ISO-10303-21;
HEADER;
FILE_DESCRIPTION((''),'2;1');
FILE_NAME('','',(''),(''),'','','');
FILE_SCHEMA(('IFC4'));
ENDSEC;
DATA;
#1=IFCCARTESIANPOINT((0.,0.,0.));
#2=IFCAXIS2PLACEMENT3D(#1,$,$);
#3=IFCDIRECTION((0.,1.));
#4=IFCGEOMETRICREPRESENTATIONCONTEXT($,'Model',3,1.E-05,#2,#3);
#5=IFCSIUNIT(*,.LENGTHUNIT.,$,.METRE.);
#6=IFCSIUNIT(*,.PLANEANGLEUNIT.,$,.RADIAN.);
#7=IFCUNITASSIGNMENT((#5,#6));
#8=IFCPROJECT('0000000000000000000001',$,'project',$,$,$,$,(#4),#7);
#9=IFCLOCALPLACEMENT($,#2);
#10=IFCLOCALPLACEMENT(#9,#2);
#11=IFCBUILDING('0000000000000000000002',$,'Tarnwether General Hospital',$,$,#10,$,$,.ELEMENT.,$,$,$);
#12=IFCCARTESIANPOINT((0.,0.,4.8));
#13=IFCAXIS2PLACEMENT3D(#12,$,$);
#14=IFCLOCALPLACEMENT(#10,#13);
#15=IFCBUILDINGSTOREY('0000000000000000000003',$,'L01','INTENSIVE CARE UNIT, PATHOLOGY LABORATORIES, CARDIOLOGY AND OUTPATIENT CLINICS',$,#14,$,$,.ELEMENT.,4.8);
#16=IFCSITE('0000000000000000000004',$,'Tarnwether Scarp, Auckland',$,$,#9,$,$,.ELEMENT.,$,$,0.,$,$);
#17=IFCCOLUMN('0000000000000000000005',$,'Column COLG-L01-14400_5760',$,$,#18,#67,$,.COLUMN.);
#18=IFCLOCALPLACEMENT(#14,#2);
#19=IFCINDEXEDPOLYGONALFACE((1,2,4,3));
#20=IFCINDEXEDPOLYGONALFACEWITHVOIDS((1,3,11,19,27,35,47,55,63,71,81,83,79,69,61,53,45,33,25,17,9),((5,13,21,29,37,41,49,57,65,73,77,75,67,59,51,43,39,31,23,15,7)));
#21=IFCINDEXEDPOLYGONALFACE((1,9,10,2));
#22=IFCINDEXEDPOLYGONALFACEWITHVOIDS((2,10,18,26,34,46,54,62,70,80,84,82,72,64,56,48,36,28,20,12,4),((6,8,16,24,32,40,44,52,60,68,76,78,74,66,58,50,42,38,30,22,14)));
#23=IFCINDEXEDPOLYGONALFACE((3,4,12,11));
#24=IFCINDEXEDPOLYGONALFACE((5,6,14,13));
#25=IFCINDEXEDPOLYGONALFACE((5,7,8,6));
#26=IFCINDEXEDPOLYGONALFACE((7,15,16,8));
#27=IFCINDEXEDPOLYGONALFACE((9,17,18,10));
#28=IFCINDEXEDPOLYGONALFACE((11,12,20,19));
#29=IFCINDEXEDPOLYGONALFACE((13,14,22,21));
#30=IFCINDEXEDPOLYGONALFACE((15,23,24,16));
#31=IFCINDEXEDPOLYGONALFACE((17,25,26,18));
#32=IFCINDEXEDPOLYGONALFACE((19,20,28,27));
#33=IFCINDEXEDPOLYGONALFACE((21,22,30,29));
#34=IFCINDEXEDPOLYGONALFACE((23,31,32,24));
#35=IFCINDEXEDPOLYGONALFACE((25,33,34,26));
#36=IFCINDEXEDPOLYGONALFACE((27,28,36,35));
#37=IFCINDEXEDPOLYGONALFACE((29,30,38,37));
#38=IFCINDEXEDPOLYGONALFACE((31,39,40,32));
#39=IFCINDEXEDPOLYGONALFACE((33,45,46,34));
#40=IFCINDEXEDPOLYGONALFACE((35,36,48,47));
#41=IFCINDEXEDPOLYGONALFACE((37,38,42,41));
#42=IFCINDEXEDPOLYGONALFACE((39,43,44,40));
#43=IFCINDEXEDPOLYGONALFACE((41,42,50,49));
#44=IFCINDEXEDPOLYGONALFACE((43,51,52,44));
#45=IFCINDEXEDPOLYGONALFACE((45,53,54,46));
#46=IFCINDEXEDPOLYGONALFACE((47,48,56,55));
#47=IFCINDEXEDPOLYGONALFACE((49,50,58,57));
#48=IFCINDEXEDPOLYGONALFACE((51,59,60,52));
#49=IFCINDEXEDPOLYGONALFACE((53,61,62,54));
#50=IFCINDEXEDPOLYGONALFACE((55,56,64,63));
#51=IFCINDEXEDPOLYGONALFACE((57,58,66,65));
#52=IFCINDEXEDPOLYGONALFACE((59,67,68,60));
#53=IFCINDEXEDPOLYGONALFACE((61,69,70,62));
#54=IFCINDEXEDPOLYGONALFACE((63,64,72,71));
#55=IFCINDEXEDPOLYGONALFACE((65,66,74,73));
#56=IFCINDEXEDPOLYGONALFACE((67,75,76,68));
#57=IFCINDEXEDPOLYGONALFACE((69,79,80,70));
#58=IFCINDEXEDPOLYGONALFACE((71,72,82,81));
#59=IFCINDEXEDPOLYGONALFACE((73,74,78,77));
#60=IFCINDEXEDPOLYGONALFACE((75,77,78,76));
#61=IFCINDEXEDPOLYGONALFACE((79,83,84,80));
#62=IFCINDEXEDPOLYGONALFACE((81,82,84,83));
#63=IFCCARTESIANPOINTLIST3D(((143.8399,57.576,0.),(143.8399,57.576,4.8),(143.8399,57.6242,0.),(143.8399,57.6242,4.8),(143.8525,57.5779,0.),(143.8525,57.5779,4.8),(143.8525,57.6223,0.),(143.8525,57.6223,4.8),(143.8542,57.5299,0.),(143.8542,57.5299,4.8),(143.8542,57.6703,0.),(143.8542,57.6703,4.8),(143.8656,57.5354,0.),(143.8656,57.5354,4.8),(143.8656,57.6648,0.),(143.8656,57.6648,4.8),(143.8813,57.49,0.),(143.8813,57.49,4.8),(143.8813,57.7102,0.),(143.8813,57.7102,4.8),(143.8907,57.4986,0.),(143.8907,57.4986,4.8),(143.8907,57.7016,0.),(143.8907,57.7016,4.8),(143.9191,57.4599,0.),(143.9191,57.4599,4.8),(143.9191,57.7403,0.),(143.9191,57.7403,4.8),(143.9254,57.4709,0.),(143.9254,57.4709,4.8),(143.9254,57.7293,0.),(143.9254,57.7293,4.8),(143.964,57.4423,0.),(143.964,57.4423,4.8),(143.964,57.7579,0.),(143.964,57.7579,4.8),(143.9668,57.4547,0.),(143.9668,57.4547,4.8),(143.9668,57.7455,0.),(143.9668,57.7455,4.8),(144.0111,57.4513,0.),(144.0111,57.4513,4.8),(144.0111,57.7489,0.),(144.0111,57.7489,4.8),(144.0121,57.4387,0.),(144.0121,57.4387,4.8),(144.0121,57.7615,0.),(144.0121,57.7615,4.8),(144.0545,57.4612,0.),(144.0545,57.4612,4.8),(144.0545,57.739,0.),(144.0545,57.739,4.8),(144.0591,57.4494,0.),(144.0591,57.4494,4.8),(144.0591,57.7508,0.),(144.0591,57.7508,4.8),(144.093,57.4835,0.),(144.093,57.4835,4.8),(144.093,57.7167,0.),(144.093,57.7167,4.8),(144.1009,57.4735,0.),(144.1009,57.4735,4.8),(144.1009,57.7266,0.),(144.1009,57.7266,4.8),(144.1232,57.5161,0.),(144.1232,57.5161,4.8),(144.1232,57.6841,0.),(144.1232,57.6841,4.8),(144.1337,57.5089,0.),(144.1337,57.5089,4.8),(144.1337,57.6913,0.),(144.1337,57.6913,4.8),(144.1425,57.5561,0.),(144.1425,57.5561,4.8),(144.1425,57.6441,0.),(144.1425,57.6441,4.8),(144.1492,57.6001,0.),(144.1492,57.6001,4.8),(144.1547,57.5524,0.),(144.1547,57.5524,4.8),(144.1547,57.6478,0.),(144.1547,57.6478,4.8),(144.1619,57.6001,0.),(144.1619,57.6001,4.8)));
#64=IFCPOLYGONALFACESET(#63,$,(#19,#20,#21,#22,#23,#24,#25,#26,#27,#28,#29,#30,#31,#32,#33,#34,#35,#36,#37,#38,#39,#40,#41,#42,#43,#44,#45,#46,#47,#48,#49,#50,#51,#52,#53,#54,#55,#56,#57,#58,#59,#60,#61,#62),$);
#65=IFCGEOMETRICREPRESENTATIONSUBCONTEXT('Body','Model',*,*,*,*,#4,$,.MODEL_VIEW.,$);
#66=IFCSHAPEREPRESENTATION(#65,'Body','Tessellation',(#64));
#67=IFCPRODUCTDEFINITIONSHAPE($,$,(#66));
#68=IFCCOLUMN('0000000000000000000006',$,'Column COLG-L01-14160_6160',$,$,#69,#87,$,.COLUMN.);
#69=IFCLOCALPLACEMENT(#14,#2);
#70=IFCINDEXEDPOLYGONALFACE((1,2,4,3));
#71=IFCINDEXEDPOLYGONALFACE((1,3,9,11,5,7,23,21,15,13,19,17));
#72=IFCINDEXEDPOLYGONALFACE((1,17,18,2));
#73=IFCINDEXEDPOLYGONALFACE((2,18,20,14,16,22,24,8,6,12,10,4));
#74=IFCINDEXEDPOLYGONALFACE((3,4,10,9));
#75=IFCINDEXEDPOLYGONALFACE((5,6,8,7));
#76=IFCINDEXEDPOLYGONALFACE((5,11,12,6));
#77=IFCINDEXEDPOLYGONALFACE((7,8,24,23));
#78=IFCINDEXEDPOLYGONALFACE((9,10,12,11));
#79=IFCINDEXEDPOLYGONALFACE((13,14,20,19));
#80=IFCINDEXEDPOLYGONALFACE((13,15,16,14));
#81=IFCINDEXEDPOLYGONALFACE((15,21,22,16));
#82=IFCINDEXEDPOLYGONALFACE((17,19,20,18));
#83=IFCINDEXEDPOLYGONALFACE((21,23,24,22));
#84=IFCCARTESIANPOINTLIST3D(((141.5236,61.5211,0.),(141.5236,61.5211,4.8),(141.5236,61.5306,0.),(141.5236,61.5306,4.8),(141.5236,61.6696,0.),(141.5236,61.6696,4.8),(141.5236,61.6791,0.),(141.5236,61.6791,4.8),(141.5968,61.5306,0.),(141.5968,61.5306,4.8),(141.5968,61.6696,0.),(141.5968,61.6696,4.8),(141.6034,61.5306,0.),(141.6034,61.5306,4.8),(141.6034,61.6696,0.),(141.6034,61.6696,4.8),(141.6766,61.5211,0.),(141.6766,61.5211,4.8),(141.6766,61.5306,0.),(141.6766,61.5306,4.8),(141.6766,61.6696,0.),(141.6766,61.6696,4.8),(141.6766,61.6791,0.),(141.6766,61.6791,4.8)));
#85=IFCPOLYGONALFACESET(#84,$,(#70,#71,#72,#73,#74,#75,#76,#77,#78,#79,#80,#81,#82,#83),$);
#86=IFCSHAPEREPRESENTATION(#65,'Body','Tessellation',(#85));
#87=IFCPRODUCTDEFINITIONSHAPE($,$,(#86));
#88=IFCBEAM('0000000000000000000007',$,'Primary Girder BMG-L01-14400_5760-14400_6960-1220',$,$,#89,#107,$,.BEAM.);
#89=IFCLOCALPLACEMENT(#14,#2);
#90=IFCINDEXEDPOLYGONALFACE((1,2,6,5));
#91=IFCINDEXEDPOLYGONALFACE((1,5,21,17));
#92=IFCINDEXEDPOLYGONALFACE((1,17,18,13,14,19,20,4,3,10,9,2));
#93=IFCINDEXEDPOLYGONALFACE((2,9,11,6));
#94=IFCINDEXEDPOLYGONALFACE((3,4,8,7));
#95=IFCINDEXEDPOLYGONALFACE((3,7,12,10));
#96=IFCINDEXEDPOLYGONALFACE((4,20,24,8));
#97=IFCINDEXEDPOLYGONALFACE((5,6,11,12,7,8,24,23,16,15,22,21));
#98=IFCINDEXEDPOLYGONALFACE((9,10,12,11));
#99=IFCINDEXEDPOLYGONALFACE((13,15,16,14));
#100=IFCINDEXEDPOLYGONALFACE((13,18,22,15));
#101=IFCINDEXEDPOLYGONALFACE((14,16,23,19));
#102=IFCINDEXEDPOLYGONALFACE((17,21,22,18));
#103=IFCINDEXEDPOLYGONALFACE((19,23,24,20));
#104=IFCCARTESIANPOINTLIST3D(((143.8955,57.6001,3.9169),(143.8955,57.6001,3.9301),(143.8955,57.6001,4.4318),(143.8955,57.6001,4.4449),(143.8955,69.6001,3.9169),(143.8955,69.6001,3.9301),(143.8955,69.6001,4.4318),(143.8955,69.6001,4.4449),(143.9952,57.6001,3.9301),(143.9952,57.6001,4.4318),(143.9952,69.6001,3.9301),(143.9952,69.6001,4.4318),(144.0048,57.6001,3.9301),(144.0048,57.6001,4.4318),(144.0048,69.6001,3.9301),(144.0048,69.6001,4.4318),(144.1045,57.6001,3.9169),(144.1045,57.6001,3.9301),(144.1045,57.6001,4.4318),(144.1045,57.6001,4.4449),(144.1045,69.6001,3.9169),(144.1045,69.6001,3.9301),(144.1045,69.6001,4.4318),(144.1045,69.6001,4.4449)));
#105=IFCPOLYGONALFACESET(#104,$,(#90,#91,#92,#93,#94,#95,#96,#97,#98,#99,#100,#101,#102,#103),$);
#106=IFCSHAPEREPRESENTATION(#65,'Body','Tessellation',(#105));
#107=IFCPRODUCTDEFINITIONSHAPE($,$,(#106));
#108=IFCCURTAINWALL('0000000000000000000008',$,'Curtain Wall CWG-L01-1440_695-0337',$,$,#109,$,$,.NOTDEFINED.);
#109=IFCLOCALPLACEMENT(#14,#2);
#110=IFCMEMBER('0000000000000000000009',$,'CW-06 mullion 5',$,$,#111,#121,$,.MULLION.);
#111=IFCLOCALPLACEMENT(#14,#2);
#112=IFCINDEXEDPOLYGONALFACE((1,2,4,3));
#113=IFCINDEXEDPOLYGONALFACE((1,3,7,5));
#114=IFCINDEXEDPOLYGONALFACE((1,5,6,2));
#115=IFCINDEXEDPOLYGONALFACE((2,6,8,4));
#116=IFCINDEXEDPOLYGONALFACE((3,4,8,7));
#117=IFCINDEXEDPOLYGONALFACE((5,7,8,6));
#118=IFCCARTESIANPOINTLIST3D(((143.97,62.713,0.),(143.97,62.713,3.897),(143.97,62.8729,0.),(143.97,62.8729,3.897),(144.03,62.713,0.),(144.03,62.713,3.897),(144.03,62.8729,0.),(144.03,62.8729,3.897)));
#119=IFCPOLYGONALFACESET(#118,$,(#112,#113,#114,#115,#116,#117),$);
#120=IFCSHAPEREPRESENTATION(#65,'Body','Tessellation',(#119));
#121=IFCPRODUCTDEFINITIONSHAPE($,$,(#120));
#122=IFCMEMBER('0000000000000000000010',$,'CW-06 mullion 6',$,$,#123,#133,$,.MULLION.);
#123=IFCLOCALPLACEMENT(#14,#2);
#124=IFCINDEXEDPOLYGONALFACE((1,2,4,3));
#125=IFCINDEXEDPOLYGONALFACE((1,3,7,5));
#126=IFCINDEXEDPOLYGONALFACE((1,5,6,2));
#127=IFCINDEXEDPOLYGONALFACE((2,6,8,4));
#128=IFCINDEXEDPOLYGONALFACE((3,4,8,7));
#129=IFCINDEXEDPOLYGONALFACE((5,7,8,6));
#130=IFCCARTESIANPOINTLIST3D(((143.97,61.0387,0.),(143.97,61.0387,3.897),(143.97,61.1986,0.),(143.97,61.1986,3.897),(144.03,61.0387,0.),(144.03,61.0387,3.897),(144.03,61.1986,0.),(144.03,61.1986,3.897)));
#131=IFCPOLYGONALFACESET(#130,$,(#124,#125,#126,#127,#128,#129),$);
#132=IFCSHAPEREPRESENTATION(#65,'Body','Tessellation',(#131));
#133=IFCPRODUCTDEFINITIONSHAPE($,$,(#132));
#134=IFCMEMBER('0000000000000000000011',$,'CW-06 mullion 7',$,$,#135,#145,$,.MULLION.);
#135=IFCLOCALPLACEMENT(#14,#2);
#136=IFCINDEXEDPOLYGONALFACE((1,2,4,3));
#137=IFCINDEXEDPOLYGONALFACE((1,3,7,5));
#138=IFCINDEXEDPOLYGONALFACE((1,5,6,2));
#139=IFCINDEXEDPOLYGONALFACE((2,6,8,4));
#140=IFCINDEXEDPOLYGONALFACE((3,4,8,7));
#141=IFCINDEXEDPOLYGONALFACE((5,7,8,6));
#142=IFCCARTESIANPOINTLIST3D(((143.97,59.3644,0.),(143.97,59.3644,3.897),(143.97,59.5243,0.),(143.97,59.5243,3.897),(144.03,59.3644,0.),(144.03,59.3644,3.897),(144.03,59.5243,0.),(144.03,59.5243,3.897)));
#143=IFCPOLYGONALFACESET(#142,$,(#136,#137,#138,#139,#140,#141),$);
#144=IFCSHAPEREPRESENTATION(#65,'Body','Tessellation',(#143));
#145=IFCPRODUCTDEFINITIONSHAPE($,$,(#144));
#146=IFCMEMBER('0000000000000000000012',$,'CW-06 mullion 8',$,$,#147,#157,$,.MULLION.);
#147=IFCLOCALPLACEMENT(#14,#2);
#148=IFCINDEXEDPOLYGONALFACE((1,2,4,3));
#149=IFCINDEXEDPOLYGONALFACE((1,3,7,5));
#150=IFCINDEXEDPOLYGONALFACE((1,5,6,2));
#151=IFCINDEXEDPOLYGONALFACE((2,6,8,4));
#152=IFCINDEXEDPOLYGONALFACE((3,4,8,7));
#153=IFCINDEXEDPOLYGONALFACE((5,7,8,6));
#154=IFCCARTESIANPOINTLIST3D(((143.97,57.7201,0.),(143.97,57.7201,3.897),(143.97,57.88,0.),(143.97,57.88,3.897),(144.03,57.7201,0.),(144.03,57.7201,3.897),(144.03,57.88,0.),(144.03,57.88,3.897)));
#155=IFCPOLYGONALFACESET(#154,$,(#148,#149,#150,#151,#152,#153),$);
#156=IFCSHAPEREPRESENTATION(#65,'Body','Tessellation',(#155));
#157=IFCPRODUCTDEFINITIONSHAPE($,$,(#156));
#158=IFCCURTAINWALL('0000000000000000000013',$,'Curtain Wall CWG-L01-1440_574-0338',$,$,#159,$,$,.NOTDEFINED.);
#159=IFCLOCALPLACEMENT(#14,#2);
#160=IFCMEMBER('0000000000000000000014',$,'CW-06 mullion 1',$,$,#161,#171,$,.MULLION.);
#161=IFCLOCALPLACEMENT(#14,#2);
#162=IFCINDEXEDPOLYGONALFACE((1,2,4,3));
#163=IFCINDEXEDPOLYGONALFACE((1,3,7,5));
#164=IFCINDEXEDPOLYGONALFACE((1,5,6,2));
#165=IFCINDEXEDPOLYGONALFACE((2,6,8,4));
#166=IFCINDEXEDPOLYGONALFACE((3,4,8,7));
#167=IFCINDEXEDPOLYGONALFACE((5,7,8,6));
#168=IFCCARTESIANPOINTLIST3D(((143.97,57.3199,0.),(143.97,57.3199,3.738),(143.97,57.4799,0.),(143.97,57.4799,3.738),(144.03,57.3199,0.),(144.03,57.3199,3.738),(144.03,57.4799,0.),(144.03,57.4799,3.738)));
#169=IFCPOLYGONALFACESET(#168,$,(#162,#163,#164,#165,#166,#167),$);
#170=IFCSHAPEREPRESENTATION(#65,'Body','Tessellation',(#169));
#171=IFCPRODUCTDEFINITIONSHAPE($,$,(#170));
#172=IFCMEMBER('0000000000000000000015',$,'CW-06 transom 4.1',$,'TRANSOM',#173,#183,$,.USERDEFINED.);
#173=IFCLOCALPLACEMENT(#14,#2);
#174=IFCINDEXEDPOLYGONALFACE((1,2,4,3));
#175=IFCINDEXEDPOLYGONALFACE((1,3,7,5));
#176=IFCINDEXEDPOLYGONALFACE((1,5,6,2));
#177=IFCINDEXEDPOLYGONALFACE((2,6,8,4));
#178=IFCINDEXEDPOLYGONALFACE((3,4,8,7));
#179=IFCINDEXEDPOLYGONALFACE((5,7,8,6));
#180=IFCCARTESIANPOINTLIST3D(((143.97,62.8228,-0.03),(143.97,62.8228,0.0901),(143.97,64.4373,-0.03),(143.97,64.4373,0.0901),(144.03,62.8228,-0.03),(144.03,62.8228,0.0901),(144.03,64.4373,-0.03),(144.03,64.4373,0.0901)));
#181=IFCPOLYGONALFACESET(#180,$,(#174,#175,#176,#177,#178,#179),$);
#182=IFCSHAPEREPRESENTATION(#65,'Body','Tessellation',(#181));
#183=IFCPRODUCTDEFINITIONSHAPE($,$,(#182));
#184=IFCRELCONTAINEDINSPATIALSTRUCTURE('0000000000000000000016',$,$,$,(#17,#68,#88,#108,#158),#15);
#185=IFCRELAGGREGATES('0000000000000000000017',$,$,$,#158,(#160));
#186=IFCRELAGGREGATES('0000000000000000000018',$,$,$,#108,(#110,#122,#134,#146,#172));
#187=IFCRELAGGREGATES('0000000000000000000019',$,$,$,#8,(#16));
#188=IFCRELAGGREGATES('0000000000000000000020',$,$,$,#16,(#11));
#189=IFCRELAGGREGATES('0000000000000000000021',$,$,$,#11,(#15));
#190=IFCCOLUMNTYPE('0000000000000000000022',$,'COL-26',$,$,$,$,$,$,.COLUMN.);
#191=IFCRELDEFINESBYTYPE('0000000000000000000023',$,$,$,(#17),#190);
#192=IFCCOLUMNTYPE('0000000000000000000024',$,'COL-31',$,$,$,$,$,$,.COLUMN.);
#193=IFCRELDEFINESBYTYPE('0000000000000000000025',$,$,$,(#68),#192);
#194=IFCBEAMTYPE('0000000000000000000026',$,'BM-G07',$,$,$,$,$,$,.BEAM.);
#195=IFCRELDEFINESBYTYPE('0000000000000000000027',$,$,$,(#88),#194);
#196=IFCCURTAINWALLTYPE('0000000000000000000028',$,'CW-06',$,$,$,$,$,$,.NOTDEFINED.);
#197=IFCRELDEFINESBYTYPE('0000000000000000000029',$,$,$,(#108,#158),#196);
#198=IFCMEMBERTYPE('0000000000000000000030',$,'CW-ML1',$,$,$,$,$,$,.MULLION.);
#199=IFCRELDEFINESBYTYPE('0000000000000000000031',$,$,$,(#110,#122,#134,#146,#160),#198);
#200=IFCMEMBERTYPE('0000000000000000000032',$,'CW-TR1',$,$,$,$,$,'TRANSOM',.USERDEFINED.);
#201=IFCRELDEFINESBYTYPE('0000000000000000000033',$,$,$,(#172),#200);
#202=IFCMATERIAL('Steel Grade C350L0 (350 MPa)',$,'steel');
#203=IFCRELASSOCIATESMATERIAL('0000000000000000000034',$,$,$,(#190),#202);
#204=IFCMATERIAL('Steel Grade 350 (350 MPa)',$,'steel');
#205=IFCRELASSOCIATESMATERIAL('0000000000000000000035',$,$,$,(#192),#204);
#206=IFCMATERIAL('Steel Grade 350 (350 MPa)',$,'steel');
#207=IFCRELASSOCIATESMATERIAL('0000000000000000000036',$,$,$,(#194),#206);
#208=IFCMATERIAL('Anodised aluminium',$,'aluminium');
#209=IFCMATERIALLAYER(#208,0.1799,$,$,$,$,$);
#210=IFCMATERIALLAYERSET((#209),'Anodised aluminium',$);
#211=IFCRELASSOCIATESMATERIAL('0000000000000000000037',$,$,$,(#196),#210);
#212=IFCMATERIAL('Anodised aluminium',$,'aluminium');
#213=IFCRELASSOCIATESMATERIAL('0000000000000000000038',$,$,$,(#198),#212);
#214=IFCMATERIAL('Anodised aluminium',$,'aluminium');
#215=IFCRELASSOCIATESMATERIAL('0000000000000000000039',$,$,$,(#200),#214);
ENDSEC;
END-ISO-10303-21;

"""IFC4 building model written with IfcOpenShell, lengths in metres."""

from ifc_helpers import new_model, si_unit, direction, frame, origin, origin_2d, place, context, subcontext, project, spatial, rectangle, hollow_circle, i_section, extrude, material, layer, layer_set, material_profile, profile_set, type_object, element, aggregate, save


model = new_model("IFC4")

# Units and contexts
model_context = context("Model", 3, precision=1e-05, world=origin(), true_north=direction((0.0, 1.0)))
body_context = subcontext(model_context, "Body", "Model", "MODEL_VIEW")
ifc_project = project(units=[si_unit("LENGTHUNIT", "METRE"), si_unit("PLANEANGLEUNIT", "RADIAN")], contexts=[model_context])

# Site, building, storey
site_placement = place(None, origin())
site = spatial("IfcSite", under=ifc_project, at=site_placement, Name="Tarnwether Scarp, Auckland", CompositionType="ELEMENT", RefElevation=0.0)
building_placement = place(site_placement, origin())
building = spatial("IfcBuilding", under=site, at=building_placement, Name="Tarnwether General Hospital", CompositionType="ELEMENT")
storey_placement = place(building_placement, frame((0.0, 0.0, 4.8)))
storey = spatial("IfcBuildingStorey", under=building, at=storey_placement, Name="L01", Description="INTENSIVE CARE UNIT, PATHOLOGY LABORATORIES, CARDIOLOGY AND OUTPATIENT CLINICS", CompositionType="ELEMENT", Elevation=4.8)

# Columns
ifc_material_1 = material(Name="Steel Grade C350L0 (350 MPa)", Category="steel")
ifc_material_profile_1 = material_profile(ifc_material_1, hollow_circle(Radius=0.1619, WallThickness=0.0127, at=origin_2d()), Name="CHS323.9x12.7")
ifc_profile_set_1 = profile_set([ifc_material_profile_1], Name="Steel Grade C350L0 (350 MPa)")
column_type_1 = type_object("IfcColumnType", Name="COL-26", PredefinedType="COLUMN", material=ifc_profile_set_1)
column_1_placement = place(storey_placement, frame((144.0, 57.6001, 0.0), z_axis=(0.0, 0.0, 1.0), x_axis=(1.0, 0.0, 0.0)))
element("IfcColumn", 1, at=column_1_placement, inside=storey, type_object=column_type_1, Name="Column COLG-L01-14400_5760", PredefinedType="COLUMN", context=body_context, shape_type="SweptSolid", body=[
    extrude(hollow_circle(Radius=0.1619, WallThickness=0.0127, at=origin_2d()), origin(), (0.0, 0.0, 1.0), 4.8),
])
ifc_material_2 = material(Name="Steel Grade 350 (350 MPa)", Category="steel")
ifc_material_profile_2 = material_profile(ifc_material_2, i_section(OverallWidth=0.1531, OverallDepth=0.158, WebThickness=0.0066, FlangeThickness=0.0095, at=origin_2d()), Name="150UC30.0")
ifc_profile_set_2 = profile_set([ifc_material_profile_2], Name="Steel Grade 350 (350 MPa)")
column_type_2 = type_object("IfcColumnType", Name="COL-31", PredefinedType="COLUMN", material=ifc_profile_set_2)
column_2_placement = place(storey_placement, frame((141.6001, 61.6001, 0.0), z_axis=(0.0, 0.0, 1.0), x_axis=(1.0, 0.0, 0.0)))
element("IfcColumn", 2, at=column_2_placement, inside=storey, type_object=column_type_2, Name="Column COLG-L01-14160_6160", PredefinedType="COLUMN", context=body_context, shape_type="SweptSolid", body=[
    extrude(i_section(OverallWidth=0.1531, OverallDepth=0.158, WebThickness=0.0066, FlangeThickness=0.0095, at=origin_2d()), origin(), (0.0, 0.0, 1.0), 4.8),
])

# Beam
ifc_material_3 = material(Name="Steel Grade 350 (350 MPa)", Category="steel")
ifc_material_profile_3 = material_profile(ifc_material_3, i_section(OverallWidth=0.209, OverallDepth=0.5281, WebThickness=0.0095, FlangeThickness=0.0132, at=origin_2d()), Name="530UB82.0")
ifc_profile_set_3 = profile_set([ifc_material_profile_3], Name="Steel Grade 350 (350 MPa)")
beam_type = type_object("IfcBeamType", Name="BM-G07", PredefinedType="BEAM", material=ifc_profile_set_3)
beam_placement = place(storey_placement, frame((144.0, 57.6001, 4.1809), z_axis=(0.0, 1.0, 0.0), x_axis=(-1.0, 0.0, 0.0)))
element("IfcBeam", 3, at=beam_placement, inside=storey, type_object=beam_type, Name="Primary Girder BMG-L01-14400_5760-14400_6960-1220", PredefinedType="BEAM", context=body_context, shape_type="SweptSolid", body=[
    extrude(i_section(OverallWidth=0.209, OverallDepth=0.5281, WebThickness=0.0095, FlangeThickness=0.0132, at=origin_2d()), origin(), (0.0, 0.0, 1.0), 12.0),
])

# Curtain wall, members
ifc_material_4 = material(Name="Anodised aluminium", Category="aluminium")
ifc_layer_1 = layer(ifc_material_4, 0.1799)
ifc_layer_set_1 = layer_set([ifc_layer_1], Name="Anodised aluminium")
curtain_wall_type = type_object("IfcCurtainWallType", Name="CW-06", PredefinedType="NOTDEFINED", material=ifc_layer_set_1)
curtain_wall_1_placement = place(storey_placement, origin())
curtain_wall_1 = element("IfcCurtainWall", 4, at=curtain_wall_1_placement, inside=storey, type_object=curtain_wall_type, Name="Curtain Wall CWG-L01-1440_695-0337", PredefinedType="NOTDEFINED")
ifc_material_5 = material(Name="Anodised aluminium", Category="aluminium")
ifc_material_profile_4 = material_profile(ifc_material_5, rectangle(XDim=0.0601, YDim=0.1599, at=origin_2d()), Name="ALU-MUL-60x160")
ifc_profile_set_4 = profile_set([ifc_material_profile_4], Name="Anodised aluminium")
member_type_1 = type_object("IfcMemberType", Name="CW-ML1", PredefinedType="MULLION", material=ifc_profile_set_4)
member_1_placement = place(storey_placement, frame((144.0, 62.793, 0.0), z_axis=(0.0, 0.0, 1.0), x_axis=(1.0, 0.0, 0.0)))
member_1 = element("IfcMember", 5, at=member_1_placement, type_object=member_type_1, Name="CW-06 mullion 5", PredefinedType="MULLION", context=body_context, shape_type="SweptSolid", body=[
    extrude(rectangle(XDim=0.0601, YDim=0.1599, at=origin_2d()), origin(), (0.0, 0.0, 1.0), 3.897),
])
member_2_placement = place(storey_placement, frame((144.0, 61.1187, 0.0), z_axis=(0.0, 0.0, 1.0), x_axis=(1.0, 0.0, 0.0)))
member_2 = element("IfcMember", 6, at=member_2_placement, type_object=member_type_1, Name="CW-06 mullion 6", PredefinedType="MULLION", context=body_context, shape_type="SweptSolid", body=[
    extrude(rectangle(XDim=0.0601, YDim=0.1599, at=origin_2d()), origin(), (0.0, 0.0, 1.0), 3.897),
])
member_3_placement = place(storey_placement, frame((144.0, 59.4443, 0.0), z_axis=(0.0, 0.0, 1.0), x_axis=(1.0, 0.0, 0.0)))
member_3 = element("IfcMember", 7, at=member_3_placement, type_object=member_type_1, Name="CW-06 mullion 7", PredefinedType="MULLION", context=body_context, shape_type="SweptSolid", body=[
    extrude(rectangle(XDim=0.0601, YDim=0.1599, at=origin_2d()), origin(), (0.0, 0.0, 1.0), 3.897),
])
member_4_placement = place(storey_placement, frame((144.0, 57.8, 0.0), z_axis=(0.0, 0.0, 1.0), x_axis=(1.0, 0.0, 0.0)))
member_4 = element("IfcMember", 8, at=member_4_placement, type_object=member_type_1, Name="CW-06 mullion 8", PredefinedType="MULLION", context=body_context, shape_type="SweptSolid", body=[
    extrude(rectangle(XDim=0.0601, YDim=0.1599, at=origin_2d()), origin(), (0.0, 0.0, 1.0), 3.897),
])

# Curtain wall, member
curtain_wall_2_placement = place(storey_placement, origin())
curtain_wall_2 = element("IfcCurtainWall", 9, at=curtain_wall_2_placement, inside=storey, type_object=curtain_wall_type, Name="Curtain Wall CWG-L01-1440_574-0338", PredefinedType="NOTDEFINED")
member_5_placement = place(storey_placement, frame((144.0, 57.3999, 0.0), z_axis=(0.0, 0.0, 1.0), x_axis=(1.0, 0.0, 0.0)))
member_5 = element("IfcMember", 10, at=member_5_placement, type_object=member_type_1, Name="CW-06 mullion 1", PredefinedType="MULLION", context=body_context, shape_type="SweptSolid", body=[
    extrude(rectangle(XDim=0.0601, YDim=0.1599, at=origin_2d()), origin(), (0.0, 0.0, 1.0), 3.738),
])

# Member
ifc_material_6 = material(Name="Anodised aluminium", Category="aluminium")
ifc_material_profile_5 = material_profile(ifc_material_6, rectangle(XDim=0.0601, YDim=0.1201, at=origin_2d()), Name="ALU-TRN-60x120")
ifc_profile_set_5 = profile_set([ifc_material_profile_5], Name="Anodised aluminium")
member_type_2 = type_object("IfcMemberType", Name="CW-TR1", ElementType="TRANSOM", PredefinedType="USERDEFINED", material=ifc_profile_set_5)
member_6_placement = place(storey_placement, frame((144.0, 64.4373, 0.03), z_axis=(0.0, -1.0, 0.0), x_axis=(1.0, 0.0, 0.0)))
member_6 = element("IfcMember", 11, at=member_6_placement, type_object=member_type_2, Name="CW-06 transom 4.1", ObjectType="TRANSOM", PredefinedType="USERDEFINED", context=body_context, shape_type="SweptSolid", body=[
    extrude(rectangle(XDim=0.0601, YDim=0.1201, at=origin_2d()), origin(), (0.0, 0.0, 1.0), 1.6145),
])
aggregate(curtain_wall_2, [member_5])

aggregate(curtain_wall_1, [member_1, member_2, member_3, member_4, member_6])

save(model, "model.ifc")
